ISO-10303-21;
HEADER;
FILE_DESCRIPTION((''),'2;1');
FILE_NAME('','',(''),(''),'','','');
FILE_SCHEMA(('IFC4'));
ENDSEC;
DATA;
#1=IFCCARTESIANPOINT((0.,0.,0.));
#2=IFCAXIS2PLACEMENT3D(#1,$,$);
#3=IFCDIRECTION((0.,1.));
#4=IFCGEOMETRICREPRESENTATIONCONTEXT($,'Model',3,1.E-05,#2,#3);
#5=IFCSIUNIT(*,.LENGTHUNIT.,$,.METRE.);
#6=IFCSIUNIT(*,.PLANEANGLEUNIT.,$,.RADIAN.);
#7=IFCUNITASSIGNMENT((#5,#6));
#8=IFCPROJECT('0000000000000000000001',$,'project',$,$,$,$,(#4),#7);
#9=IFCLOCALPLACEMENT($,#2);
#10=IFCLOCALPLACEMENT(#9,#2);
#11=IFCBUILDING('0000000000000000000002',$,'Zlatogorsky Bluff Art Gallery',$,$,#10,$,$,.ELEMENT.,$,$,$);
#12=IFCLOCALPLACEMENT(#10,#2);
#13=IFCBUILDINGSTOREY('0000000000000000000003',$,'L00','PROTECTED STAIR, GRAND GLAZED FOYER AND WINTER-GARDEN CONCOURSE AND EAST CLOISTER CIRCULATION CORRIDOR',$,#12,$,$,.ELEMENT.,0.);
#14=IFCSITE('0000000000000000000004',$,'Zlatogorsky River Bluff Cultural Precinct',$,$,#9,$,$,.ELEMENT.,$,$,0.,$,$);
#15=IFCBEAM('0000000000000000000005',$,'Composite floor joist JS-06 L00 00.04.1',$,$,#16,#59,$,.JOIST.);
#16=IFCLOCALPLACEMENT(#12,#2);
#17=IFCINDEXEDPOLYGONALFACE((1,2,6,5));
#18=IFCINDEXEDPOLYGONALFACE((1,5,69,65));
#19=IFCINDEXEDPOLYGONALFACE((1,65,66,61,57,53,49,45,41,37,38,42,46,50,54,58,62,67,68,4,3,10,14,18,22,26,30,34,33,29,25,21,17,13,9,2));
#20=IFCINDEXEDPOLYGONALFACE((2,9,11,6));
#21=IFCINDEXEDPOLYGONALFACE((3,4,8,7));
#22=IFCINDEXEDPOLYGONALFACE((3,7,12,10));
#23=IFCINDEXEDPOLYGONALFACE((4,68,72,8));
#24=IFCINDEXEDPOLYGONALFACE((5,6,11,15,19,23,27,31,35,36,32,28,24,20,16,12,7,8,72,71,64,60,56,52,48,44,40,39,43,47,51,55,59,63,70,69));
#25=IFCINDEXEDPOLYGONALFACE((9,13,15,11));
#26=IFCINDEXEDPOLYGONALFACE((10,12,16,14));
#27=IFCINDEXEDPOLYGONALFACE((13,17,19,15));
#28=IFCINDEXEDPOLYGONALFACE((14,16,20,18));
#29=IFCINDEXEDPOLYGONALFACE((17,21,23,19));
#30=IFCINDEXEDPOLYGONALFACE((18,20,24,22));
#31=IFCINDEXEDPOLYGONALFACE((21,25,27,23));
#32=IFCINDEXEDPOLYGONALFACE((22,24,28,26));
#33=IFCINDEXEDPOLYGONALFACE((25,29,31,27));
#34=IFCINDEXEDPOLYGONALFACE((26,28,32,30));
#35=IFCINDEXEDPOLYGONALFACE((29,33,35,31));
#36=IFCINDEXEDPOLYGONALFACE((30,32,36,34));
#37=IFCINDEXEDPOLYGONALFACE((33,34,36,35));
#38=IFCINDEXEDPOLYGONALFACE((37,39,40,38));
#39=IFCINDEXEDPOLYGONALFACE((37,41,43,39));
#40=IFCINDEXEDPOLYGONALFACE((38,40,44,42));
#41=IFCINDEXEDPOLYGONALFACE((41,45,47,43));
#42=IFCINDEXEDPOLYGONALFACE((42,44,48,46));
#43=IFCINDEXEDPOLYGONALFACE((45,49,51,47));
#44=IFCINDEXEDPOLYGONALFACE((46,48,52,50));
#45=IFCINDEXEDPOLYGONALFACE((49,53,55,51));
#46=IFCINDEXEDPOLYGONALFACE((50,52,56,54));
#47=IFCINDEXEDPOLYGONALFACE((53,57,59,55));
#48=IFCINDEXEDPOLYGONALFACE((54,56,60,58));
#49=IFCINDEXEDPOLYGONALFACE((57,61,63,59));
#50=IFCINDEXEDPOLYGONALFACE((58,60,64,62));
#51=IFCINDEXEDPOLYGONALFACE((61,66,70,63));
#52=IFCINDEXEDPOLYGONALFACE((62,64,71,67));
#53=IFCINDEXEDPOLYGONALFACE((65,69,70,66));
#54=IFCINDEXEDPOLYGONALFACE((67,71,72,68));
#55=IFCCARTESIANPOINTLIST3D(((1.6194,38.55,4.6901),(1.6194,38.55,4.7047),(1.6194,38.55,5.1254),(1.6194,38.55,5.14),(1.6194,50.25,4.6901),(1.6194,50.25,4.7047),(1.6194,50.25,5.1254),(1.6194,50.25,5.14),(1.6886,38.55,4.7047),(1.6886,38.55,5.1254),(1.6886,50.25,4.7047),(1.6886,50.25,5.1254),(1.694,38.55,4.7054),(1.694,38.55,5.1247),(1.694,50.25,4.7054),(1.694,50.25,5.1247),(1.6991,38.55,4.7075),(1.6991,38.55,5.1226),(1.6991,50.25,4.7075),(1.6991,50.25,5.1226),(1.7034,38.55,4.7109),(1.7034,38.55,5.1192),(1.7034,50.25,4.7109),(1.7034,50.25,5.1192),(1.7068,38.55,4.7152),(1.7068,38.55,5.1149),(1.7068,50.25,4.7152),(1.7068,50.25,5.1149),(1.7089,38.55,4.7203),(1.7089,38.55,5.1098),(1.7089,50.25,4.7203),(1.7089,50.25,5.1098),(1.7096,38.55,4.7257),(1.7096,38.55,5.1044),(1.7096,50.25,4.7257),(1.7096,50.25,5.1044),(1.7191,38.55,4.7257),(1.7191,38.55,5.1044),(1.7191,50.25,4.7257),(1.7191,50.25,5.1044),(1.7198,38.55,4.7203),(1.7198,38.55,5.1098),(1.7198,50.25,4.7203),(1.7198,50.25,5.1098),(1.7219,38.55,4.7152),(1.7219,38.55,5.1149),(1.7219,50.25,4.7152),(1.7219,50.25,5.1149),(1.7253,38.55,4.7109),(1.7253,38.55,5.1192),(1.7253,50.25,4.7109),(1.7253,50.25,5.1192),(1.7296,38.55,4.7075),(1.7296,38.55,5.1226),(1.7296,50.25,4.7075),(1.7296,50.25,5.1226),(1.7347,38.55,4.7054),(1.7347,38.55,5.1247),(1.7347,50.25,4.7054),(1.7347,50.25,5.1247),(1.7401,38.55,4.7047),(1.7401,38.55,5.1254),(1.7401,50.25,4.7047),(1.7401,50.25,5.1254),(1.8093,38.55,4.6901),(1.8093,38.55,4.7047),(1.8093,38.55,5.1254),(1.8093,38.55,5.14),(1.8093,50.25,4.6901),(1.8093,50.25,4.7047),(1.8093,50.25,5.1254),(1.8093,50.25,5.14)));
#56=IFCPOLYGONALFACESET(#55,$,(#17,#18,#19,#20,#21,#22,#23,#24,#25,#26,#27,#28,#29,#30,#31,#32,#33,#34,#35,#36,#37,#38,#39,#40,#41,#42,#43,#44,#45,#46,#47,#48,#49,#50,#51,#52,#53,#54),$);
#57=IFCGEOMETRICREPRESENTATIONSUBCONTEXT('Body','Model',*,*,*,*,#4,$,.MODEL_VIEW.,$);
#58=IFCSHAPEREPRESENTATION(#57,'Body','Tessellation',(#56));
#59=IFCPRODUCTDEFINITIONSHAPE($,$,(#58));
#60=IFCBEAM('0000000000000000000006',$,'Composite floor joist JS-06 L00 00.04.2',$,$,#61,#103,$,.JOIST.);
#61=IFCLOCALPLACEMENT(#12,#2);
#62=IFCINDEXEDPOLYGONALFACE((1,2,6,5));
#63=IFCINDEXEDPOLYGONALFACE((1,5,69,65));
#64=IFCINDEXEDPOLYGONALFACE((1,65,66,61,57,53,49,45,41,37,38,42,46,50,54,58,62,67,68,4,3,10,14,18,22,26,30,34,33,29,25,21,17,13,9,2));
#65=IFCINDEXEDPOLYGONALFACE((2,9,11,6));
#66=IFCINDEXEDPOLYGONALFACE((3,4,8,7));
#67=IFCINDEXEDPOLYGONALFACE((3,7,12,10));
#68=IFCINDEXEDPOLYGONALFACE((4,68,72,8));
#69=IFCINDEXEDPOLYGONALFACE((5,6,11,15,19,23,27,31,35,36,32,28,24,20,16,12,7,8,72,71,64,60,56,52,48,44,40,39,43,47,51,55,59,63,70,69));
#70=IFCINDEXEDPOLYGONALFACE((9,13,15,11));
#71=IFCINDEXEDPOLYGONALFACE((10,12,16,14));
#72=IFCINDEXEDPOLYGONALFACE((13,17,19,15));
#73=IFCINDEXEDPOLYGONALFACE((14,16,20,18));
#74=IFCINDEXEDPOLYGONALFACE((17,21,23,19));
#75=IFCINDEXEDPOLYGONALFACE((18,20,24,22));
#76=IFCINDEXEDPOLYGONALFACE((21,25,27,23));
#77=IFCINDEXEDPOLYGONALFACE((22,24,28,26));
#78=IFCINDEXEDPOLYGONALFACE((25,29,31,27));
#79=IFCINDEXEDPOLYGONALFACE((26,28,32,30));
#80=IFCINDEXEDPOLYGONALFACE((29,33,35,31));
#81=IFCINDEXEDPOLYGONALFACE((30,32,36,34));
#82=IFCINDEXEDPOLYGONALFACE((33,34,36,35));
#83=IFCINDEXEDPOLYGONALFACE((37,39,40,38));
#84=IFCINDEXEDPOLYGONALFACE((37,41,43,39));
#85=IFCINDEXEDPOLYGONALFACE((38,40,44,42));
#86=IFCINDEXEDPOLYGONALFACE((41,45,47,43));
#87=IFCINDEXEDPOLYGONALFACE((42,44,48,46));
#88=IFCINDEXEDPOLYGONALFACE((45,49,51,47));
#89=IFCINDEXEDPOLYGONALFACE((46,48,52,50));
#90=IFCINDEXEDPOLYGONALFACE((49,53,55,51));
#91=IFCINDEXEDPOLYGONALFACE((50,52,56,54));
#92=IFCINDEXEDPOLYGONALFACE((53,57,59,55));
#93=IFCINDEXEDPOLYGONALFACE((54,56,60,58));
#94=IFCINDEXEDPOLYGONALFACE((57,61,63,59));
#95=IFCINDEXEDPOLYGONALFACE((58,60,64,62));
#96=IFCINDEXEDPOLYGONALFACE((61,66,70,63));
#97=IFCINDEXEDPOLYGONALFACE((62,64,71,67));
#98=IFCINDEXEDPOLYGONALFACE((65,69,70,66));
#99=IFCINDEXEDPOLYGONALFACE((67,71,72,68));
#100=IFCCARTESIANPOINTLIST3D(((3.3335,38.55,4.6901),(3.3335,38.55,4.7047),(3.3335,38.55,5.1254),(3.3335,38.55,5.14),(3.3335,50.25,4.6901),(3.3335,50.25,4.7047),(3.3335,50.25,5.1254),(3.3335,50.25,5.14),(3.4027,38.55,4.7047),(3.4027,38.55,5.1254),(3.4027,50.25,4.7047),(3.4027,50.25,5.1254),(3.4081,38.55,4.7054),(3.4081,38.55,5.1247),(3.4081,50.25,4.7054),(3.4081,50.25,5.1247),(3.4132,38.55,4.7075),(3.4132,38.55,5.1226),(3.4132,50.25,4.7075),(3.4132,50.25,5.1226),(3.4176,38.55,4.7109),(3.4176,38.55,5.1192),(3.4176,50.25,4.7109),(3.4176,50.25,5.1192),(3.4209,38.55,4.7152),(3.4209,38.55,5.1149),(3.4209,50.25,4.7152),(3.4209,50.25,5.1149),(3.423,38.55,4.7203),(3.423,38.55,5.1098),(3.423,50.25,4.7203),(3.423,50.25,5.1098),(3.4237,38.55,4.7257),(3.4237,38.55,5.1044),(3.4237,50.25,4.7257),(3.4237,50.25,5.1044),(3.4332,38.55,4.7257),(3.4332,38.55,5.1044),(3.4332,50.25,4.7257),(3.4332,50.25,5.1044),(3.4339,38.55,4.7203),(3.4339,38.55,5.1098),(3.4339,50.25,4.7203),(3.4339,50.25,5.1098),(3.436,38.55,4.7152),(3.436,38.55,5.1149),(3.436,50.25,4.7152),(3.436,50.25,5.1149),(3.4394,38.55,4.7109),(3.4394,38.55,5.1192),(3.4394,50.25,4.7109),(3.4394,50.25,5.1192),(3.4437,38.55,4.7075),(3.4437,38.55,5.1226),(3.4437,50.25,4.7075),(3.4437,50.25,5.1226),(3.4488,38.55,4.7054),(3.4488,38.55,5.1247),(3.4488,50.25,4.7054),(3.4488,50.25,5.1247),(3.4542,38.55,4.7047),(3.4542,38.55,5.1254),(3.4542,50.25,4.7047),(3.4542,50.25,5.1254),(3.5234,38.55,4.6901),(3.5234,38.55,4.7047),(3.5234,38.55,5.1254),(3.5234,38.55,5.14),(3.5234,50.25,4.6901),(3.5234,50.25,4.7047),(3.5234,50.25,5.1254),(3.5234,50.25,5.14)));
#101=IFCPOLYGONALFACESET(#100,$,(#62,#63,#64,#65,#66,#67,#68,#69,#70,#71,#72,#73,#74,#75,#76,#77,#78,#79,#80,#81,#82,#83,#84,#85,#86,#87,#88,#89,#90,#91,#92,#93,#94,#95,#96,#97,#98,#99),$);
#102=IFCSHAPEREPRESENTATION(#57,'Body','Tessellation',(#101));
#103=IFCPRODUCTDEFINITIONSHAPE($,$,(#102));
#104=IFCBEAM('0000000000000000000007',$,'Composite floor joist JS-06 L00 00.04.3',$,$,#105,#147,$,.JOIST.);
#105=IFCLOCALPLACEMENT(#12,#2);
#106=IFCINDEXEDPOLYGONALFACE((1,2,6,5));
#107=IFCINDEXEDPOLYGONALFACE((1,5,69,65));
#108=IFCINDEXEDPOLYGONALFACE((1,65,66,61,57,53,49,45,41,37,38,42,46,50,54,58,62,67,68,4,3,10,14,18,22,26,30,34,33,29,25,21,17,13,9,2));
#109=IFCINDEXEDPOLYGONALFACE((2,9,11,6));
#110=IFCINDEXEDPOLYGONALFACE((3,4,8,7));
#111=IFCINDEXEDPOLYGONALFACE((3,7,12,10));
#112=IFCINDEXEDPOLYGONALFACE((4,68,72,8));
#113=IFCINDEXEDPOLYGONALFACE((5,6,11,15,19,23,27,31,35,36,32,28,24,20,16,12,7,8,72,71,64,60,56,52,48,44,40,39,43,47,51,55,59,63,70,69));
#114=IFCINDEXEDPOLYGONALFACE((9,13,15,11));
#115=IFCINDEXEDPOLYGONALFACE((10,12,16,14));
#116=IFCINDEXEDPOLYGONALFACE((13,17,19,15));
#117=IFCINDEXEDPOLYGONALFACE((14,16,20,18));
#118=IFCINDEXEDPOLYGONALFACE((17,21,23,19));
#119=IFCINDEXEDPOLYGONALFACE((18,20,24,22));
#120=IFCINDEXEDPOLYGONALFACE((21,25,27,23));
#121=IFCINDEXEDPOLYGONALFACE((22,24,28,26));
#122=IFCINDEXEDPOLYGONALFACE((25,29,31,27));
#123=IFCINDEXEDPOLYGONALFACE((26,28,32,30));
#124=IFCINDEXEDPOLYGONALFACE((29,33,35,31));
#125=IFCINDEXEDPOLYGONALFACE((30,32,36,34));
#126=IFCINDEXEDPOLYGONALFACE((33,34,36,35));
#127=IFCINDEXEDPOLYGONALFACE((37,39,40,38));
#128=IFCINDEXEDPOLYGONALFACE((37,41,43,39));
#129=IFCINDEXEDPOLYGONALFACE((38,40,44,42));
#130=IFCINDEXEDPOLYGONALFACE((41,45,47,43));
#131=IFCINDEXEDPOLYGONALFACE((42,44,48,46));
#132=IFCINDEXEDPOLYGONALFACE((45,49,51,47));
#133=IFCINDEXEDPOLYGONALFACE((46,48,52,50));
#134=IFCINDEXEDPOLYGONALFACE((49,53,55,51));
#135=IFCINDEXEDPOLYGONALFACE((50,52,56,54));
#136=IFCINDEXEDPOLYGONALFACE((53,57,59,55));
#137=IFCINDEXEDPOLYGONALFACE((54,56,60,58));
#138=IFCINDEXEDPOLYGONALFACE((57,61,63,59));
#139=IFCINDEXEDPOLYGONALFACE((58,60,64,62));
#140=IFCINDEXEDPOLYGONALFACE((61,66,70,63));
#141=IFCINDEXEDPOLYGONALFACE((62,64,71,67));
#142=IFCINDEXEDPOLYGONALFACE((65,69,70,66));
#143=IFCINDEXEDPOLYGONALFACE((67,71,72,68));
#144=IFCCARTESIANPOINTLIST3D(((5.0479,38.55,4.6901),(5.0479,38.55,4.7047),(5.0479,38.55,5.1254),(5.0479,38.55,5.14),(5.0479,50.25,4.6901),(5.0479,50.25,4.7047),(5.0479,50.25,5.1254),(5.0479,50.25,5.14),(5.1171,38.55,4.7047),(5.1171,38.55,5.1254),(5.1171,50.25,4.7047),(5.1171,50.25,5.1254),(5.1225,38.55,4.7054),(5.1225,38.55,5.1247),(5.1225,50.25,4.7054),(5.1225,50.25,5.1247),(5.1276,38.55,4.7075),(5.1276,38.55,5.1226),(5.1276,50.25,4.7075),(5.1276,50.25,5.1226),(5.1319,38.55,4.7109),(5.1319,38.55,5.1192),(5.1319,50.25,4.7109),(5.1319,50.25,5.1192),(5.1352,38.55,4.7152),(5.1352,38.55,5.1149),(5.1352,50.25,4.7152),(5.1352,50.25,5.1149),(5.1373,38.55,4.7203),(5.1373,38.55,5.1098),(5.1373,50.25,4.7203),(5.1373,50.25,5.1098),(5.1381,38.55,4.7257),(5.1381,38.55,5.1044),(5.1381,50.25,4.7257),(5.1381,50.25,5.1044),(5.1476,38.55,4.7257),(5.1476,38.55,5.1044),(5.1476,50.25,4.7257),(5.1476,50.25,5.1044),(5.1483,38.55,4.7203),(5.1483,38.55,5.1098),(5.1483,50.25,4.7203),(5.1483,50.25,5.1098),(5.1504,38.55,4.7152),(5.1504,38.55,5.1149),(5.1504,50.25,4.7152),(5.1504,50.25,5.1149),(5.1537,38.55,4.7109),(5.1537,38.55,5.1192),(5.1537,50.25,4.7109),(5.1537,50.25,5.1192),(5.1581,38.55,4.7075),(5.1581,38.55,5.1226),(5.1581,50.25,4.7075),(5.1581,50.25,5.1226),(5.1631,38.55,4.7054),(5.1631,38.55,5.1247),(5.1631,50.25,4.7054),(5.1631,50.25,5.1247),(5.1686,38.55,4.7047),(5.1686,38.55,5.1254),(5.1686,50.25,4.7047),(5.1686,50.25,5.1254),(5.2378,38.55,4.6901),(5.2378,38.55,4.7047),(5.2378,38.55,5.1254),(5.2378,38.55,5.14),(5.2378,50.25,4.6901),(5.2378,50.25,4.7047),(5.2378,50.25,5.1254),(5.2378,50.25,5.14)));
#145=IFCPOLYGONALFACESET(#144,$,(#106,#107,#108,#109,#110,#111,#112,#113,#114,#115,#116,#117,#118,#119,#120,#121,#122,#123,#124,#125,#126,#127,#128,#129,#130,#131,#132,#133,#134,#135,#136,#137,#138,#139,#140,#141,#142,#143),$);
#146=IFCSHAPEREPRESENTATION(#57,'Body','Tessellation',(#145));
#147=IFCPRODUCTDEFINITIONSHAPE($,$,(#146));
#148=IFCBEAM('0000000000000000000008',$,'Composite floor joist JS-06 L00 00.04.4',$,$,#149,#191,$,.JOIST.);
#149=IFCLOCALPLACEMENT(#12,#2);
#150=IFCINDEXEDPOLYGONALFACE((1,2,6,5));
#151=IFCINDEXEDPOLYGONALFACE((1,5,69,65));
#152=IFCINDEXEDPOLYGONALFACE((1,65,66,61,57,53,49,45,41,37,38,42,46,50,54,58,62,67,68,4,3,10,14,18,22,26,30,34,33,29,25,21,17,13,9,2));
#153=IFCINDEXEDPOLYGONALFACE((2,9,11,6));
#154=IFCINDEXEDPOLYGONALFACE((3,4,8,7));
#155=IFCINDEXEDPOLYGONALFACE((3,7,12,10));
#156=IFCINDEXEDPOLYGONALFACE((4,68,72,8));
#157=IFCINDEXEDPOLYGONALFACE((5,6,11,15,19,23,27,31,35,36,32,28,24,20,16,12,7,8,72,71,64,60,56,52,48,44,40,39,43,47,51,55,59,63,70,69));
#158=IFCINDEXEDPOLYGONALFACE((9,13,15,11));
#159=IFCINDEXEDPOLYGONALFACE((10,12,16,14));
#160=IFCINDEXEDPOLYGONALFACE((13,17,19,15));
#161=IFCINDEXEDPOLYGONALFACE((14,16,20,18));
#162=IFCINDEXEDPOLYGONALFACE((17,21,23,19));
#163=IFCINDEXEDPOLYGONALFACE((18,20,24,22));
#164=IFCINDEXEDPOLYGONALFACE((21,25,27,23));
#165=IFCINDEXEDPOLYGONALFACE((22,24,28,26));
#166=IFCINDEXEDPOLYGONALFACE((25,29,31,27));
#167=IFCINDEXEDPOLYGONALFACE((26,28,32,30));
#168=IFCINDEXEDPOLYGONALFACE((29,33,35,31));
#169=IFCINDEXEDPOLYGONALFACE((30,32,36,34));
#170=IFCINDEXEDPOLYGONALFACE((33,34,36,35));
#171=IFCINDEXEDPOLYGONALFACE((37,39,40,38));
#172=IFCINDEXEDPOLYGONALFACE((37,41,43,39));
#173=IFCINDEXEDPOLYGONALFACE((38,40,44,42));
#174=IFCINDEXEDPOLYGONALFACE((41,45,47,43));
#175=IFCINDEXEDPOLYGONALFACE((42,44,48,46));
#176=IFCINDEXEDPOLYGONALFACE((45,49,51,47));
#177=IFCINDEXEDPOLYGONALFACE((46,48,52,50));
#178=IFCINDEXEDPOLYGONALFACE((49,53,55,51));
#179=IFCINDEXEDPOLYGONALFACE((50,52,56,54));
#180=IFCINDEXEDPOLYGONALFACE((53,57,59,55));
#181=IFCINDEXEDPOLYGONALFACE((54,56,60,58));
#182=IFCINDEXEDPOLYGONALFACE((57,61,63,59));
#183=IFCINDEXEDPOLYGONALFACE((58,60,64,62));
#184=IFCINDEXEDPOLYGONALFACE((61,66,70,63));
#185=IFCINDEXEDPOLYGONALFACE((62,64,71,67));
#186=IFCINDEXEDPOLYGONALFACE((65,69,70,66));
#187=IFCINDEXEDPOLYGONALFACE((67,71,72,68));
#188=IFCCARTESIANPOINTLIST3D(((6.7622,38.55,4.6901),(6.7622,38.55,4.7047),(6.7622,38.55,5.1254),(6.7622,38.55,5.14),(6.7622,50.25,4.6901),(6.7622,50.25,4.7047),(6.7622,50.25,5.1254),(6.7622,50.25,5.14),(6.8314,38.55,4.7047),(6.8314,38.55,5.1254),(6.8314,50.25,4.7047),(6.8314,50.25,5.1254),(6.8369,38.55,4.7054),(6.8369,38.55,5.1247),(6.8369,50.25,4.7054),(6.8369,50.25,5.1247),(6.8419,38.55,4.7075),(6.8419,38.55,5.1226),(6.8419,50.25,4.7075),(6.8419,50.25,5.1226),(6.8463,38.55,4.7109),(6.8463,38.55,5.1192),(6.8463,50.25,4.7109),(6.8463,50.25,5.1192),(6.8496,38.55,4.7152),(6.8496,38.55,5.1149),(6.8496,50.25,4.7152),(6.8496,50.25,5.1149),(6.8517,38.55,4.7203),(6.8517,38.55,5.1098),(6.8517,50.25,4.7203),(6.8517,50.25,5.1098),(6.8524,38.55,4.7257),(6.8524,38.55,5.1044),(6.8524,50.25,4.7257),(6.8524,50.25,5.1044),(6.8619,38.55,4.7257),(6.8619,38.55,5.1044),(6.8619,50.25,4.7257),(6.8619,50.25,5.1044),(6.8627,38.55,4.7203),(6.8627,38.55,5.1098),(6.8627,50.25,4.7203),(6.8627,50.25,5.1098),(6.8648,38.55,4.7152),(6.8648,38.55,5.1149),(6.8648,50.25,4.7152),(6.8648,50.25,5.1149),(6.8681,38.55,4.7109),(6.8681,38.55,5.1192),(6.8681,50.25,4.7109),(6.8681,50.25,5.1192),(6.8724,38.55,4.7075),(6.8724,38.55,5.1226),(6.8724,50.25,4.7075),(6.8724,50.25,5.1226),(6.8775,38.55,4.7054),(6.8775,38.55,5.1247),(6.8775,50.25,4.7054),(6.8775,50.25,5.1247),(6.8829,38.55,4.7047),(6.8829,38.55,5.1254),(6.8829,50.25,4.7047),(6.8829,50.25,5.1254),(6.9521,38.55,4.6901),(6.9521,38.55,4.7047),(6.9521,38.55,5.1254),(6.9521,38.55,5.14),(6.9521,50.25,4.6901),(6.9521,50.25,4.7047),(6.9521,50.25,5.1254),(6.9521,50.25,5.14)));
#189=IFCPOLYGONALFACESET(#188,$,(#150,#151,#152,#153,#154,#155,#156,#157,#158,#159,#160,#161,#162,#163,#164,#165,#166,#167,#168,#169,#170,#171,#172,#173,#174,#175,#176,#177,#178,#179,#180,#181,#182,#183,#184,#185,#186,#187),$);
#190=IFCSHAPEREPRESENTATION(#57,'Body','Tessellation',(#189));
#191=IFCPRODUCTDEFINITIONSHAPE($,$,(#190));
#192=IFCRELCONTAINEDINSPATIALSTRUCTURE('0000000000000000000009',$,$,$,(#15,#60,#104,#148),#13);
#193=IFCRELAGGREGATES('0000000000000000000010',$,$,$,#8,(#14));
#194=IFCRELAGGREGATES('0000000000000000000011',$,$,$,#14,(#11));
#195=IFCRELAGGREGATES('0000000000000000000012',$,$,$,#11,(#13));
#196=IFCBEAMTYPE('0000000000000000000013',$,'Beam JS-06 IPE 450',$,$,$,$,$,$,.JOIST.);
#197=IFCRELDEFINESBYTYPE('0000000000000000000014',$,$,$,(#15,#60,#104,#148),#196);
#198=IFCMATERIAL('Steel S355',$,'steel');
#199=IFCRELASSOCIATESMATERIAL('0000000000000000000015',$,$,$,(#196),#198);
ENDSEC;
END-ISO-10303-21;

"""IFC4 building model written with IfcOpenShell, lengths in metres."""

from ifc_helpers import new_model, si_unit, direction, frame, origin, origin_2d, place, context, subcontext, project, spatial, i_section, extrude, material, material_profile, profile_set, type_object, element, save


model = new_model("IFC4")

# Units and contexts
model_context = context("Model", 3, precision=1e-05, world=origin(), true_north=direction((0.0, 1.0)))
body_context = subcontext(model_context, "Body", "Model", "MODEL_VIEW")
ifc_project = project(units=[si_unit("LENGTHUNIT", "METRE"), si_unit("PLANEANGLEUNIT", "RADIAN")], contexts=[model_context])

# Site, building, storey
site_placement = place(None, origin())
site = spatial("IfcSite", under=ifc_project, at=site_placement, Name="Zlatogorsky River Bluff Cultural Precinct", CompositionType="ELEMENT", RefElevation=0.0)
building_placement = place(site_placement, origin())
building = spatial("IfcBuilding", under=site, at=building_placement, Name="Zlatogorsky Bluff Art Gallery", CompositionType="ELEMENT")
storey_placement = place(building_placement, origin())
storey = spatial("IfcBuildingStorey", under=building, at=storey_placement, Name="L00", Description="PROTECTED STAIR, GRAND GLAZED FOYER AND WINTER-GARDEN CONCOURSE AND EAST CLOISTER CIRCULATION CORRIDOR", CompositionType="ELEMENT", Elevation=0.0)

# Shared definitions
ifc_material_1 = material(Name="Steel S355", Category="steel")

# Beams
ifc_material_profile_1 = material_profile(ifc_material_1, i_section(OverallWidth=0.1899, OverallDepth=0.45, WebThickness=0.0095, FlangeThickness=0.0146, FilletRadius=0.021, at=origin_2d()), Name="IPE 450")
ifc_profile_set_1 = profile_set([ifc_material_profile_1], Name="Steel S355")
beam_type_1 = type_object("IfcBeamType", Name="Beam JS-06 IPE 450", PredefinedType="JOIST", material=ifc_profile_set_1)
for number, where, z_axis, x_axis, name in (
    (1, (1.7144, 38.55, 4.915), (0.0, 1.0, 0.0), (-1.0, 0.0, 0.0), "Composite floor joist JS-06 L00 00.04.1"),
    (2, (3.4285, 38.55, 4.915), (0.0, 1.0, 0.0), (-1.0, 0.0, 0.0), "Composite floor joist JS-06 L00 00.04.2"),
    (3, (5.1428, 38.55, 4.915), (0.0, 1.0, 0.0), (-1.0, 0.0, 0.0), "Composite floor joist JS-06 L00 00.04.3"),
    (4, (6.8572, 38.55, 4.915), (0.0, 1.0, 0.0), (-1.0, 0.0, 0.0), "Composite floor joist JS-06 L00 00.04.4"),
):
    element("IfcBeam", number, at=place(storey_placement, frame(where, z_axis=z_axis, x_axis=x_axis)), inside=storey, type_object=beam_type_1, Name=name, PredefinedType="JOIST", context=body_context, shape_type="SweptSolid", body=[
        extrude(i_section(OverallWidth=0.1899, OverallDepth=0.45, WebThickness=0.0095, FlangeThickness=0.0146, FilletRadius=0.021, at=origin_2d()), origin(), (0.0, 0.0, 1.0), 11.7),
    ])

save(model, "model.ifc")
